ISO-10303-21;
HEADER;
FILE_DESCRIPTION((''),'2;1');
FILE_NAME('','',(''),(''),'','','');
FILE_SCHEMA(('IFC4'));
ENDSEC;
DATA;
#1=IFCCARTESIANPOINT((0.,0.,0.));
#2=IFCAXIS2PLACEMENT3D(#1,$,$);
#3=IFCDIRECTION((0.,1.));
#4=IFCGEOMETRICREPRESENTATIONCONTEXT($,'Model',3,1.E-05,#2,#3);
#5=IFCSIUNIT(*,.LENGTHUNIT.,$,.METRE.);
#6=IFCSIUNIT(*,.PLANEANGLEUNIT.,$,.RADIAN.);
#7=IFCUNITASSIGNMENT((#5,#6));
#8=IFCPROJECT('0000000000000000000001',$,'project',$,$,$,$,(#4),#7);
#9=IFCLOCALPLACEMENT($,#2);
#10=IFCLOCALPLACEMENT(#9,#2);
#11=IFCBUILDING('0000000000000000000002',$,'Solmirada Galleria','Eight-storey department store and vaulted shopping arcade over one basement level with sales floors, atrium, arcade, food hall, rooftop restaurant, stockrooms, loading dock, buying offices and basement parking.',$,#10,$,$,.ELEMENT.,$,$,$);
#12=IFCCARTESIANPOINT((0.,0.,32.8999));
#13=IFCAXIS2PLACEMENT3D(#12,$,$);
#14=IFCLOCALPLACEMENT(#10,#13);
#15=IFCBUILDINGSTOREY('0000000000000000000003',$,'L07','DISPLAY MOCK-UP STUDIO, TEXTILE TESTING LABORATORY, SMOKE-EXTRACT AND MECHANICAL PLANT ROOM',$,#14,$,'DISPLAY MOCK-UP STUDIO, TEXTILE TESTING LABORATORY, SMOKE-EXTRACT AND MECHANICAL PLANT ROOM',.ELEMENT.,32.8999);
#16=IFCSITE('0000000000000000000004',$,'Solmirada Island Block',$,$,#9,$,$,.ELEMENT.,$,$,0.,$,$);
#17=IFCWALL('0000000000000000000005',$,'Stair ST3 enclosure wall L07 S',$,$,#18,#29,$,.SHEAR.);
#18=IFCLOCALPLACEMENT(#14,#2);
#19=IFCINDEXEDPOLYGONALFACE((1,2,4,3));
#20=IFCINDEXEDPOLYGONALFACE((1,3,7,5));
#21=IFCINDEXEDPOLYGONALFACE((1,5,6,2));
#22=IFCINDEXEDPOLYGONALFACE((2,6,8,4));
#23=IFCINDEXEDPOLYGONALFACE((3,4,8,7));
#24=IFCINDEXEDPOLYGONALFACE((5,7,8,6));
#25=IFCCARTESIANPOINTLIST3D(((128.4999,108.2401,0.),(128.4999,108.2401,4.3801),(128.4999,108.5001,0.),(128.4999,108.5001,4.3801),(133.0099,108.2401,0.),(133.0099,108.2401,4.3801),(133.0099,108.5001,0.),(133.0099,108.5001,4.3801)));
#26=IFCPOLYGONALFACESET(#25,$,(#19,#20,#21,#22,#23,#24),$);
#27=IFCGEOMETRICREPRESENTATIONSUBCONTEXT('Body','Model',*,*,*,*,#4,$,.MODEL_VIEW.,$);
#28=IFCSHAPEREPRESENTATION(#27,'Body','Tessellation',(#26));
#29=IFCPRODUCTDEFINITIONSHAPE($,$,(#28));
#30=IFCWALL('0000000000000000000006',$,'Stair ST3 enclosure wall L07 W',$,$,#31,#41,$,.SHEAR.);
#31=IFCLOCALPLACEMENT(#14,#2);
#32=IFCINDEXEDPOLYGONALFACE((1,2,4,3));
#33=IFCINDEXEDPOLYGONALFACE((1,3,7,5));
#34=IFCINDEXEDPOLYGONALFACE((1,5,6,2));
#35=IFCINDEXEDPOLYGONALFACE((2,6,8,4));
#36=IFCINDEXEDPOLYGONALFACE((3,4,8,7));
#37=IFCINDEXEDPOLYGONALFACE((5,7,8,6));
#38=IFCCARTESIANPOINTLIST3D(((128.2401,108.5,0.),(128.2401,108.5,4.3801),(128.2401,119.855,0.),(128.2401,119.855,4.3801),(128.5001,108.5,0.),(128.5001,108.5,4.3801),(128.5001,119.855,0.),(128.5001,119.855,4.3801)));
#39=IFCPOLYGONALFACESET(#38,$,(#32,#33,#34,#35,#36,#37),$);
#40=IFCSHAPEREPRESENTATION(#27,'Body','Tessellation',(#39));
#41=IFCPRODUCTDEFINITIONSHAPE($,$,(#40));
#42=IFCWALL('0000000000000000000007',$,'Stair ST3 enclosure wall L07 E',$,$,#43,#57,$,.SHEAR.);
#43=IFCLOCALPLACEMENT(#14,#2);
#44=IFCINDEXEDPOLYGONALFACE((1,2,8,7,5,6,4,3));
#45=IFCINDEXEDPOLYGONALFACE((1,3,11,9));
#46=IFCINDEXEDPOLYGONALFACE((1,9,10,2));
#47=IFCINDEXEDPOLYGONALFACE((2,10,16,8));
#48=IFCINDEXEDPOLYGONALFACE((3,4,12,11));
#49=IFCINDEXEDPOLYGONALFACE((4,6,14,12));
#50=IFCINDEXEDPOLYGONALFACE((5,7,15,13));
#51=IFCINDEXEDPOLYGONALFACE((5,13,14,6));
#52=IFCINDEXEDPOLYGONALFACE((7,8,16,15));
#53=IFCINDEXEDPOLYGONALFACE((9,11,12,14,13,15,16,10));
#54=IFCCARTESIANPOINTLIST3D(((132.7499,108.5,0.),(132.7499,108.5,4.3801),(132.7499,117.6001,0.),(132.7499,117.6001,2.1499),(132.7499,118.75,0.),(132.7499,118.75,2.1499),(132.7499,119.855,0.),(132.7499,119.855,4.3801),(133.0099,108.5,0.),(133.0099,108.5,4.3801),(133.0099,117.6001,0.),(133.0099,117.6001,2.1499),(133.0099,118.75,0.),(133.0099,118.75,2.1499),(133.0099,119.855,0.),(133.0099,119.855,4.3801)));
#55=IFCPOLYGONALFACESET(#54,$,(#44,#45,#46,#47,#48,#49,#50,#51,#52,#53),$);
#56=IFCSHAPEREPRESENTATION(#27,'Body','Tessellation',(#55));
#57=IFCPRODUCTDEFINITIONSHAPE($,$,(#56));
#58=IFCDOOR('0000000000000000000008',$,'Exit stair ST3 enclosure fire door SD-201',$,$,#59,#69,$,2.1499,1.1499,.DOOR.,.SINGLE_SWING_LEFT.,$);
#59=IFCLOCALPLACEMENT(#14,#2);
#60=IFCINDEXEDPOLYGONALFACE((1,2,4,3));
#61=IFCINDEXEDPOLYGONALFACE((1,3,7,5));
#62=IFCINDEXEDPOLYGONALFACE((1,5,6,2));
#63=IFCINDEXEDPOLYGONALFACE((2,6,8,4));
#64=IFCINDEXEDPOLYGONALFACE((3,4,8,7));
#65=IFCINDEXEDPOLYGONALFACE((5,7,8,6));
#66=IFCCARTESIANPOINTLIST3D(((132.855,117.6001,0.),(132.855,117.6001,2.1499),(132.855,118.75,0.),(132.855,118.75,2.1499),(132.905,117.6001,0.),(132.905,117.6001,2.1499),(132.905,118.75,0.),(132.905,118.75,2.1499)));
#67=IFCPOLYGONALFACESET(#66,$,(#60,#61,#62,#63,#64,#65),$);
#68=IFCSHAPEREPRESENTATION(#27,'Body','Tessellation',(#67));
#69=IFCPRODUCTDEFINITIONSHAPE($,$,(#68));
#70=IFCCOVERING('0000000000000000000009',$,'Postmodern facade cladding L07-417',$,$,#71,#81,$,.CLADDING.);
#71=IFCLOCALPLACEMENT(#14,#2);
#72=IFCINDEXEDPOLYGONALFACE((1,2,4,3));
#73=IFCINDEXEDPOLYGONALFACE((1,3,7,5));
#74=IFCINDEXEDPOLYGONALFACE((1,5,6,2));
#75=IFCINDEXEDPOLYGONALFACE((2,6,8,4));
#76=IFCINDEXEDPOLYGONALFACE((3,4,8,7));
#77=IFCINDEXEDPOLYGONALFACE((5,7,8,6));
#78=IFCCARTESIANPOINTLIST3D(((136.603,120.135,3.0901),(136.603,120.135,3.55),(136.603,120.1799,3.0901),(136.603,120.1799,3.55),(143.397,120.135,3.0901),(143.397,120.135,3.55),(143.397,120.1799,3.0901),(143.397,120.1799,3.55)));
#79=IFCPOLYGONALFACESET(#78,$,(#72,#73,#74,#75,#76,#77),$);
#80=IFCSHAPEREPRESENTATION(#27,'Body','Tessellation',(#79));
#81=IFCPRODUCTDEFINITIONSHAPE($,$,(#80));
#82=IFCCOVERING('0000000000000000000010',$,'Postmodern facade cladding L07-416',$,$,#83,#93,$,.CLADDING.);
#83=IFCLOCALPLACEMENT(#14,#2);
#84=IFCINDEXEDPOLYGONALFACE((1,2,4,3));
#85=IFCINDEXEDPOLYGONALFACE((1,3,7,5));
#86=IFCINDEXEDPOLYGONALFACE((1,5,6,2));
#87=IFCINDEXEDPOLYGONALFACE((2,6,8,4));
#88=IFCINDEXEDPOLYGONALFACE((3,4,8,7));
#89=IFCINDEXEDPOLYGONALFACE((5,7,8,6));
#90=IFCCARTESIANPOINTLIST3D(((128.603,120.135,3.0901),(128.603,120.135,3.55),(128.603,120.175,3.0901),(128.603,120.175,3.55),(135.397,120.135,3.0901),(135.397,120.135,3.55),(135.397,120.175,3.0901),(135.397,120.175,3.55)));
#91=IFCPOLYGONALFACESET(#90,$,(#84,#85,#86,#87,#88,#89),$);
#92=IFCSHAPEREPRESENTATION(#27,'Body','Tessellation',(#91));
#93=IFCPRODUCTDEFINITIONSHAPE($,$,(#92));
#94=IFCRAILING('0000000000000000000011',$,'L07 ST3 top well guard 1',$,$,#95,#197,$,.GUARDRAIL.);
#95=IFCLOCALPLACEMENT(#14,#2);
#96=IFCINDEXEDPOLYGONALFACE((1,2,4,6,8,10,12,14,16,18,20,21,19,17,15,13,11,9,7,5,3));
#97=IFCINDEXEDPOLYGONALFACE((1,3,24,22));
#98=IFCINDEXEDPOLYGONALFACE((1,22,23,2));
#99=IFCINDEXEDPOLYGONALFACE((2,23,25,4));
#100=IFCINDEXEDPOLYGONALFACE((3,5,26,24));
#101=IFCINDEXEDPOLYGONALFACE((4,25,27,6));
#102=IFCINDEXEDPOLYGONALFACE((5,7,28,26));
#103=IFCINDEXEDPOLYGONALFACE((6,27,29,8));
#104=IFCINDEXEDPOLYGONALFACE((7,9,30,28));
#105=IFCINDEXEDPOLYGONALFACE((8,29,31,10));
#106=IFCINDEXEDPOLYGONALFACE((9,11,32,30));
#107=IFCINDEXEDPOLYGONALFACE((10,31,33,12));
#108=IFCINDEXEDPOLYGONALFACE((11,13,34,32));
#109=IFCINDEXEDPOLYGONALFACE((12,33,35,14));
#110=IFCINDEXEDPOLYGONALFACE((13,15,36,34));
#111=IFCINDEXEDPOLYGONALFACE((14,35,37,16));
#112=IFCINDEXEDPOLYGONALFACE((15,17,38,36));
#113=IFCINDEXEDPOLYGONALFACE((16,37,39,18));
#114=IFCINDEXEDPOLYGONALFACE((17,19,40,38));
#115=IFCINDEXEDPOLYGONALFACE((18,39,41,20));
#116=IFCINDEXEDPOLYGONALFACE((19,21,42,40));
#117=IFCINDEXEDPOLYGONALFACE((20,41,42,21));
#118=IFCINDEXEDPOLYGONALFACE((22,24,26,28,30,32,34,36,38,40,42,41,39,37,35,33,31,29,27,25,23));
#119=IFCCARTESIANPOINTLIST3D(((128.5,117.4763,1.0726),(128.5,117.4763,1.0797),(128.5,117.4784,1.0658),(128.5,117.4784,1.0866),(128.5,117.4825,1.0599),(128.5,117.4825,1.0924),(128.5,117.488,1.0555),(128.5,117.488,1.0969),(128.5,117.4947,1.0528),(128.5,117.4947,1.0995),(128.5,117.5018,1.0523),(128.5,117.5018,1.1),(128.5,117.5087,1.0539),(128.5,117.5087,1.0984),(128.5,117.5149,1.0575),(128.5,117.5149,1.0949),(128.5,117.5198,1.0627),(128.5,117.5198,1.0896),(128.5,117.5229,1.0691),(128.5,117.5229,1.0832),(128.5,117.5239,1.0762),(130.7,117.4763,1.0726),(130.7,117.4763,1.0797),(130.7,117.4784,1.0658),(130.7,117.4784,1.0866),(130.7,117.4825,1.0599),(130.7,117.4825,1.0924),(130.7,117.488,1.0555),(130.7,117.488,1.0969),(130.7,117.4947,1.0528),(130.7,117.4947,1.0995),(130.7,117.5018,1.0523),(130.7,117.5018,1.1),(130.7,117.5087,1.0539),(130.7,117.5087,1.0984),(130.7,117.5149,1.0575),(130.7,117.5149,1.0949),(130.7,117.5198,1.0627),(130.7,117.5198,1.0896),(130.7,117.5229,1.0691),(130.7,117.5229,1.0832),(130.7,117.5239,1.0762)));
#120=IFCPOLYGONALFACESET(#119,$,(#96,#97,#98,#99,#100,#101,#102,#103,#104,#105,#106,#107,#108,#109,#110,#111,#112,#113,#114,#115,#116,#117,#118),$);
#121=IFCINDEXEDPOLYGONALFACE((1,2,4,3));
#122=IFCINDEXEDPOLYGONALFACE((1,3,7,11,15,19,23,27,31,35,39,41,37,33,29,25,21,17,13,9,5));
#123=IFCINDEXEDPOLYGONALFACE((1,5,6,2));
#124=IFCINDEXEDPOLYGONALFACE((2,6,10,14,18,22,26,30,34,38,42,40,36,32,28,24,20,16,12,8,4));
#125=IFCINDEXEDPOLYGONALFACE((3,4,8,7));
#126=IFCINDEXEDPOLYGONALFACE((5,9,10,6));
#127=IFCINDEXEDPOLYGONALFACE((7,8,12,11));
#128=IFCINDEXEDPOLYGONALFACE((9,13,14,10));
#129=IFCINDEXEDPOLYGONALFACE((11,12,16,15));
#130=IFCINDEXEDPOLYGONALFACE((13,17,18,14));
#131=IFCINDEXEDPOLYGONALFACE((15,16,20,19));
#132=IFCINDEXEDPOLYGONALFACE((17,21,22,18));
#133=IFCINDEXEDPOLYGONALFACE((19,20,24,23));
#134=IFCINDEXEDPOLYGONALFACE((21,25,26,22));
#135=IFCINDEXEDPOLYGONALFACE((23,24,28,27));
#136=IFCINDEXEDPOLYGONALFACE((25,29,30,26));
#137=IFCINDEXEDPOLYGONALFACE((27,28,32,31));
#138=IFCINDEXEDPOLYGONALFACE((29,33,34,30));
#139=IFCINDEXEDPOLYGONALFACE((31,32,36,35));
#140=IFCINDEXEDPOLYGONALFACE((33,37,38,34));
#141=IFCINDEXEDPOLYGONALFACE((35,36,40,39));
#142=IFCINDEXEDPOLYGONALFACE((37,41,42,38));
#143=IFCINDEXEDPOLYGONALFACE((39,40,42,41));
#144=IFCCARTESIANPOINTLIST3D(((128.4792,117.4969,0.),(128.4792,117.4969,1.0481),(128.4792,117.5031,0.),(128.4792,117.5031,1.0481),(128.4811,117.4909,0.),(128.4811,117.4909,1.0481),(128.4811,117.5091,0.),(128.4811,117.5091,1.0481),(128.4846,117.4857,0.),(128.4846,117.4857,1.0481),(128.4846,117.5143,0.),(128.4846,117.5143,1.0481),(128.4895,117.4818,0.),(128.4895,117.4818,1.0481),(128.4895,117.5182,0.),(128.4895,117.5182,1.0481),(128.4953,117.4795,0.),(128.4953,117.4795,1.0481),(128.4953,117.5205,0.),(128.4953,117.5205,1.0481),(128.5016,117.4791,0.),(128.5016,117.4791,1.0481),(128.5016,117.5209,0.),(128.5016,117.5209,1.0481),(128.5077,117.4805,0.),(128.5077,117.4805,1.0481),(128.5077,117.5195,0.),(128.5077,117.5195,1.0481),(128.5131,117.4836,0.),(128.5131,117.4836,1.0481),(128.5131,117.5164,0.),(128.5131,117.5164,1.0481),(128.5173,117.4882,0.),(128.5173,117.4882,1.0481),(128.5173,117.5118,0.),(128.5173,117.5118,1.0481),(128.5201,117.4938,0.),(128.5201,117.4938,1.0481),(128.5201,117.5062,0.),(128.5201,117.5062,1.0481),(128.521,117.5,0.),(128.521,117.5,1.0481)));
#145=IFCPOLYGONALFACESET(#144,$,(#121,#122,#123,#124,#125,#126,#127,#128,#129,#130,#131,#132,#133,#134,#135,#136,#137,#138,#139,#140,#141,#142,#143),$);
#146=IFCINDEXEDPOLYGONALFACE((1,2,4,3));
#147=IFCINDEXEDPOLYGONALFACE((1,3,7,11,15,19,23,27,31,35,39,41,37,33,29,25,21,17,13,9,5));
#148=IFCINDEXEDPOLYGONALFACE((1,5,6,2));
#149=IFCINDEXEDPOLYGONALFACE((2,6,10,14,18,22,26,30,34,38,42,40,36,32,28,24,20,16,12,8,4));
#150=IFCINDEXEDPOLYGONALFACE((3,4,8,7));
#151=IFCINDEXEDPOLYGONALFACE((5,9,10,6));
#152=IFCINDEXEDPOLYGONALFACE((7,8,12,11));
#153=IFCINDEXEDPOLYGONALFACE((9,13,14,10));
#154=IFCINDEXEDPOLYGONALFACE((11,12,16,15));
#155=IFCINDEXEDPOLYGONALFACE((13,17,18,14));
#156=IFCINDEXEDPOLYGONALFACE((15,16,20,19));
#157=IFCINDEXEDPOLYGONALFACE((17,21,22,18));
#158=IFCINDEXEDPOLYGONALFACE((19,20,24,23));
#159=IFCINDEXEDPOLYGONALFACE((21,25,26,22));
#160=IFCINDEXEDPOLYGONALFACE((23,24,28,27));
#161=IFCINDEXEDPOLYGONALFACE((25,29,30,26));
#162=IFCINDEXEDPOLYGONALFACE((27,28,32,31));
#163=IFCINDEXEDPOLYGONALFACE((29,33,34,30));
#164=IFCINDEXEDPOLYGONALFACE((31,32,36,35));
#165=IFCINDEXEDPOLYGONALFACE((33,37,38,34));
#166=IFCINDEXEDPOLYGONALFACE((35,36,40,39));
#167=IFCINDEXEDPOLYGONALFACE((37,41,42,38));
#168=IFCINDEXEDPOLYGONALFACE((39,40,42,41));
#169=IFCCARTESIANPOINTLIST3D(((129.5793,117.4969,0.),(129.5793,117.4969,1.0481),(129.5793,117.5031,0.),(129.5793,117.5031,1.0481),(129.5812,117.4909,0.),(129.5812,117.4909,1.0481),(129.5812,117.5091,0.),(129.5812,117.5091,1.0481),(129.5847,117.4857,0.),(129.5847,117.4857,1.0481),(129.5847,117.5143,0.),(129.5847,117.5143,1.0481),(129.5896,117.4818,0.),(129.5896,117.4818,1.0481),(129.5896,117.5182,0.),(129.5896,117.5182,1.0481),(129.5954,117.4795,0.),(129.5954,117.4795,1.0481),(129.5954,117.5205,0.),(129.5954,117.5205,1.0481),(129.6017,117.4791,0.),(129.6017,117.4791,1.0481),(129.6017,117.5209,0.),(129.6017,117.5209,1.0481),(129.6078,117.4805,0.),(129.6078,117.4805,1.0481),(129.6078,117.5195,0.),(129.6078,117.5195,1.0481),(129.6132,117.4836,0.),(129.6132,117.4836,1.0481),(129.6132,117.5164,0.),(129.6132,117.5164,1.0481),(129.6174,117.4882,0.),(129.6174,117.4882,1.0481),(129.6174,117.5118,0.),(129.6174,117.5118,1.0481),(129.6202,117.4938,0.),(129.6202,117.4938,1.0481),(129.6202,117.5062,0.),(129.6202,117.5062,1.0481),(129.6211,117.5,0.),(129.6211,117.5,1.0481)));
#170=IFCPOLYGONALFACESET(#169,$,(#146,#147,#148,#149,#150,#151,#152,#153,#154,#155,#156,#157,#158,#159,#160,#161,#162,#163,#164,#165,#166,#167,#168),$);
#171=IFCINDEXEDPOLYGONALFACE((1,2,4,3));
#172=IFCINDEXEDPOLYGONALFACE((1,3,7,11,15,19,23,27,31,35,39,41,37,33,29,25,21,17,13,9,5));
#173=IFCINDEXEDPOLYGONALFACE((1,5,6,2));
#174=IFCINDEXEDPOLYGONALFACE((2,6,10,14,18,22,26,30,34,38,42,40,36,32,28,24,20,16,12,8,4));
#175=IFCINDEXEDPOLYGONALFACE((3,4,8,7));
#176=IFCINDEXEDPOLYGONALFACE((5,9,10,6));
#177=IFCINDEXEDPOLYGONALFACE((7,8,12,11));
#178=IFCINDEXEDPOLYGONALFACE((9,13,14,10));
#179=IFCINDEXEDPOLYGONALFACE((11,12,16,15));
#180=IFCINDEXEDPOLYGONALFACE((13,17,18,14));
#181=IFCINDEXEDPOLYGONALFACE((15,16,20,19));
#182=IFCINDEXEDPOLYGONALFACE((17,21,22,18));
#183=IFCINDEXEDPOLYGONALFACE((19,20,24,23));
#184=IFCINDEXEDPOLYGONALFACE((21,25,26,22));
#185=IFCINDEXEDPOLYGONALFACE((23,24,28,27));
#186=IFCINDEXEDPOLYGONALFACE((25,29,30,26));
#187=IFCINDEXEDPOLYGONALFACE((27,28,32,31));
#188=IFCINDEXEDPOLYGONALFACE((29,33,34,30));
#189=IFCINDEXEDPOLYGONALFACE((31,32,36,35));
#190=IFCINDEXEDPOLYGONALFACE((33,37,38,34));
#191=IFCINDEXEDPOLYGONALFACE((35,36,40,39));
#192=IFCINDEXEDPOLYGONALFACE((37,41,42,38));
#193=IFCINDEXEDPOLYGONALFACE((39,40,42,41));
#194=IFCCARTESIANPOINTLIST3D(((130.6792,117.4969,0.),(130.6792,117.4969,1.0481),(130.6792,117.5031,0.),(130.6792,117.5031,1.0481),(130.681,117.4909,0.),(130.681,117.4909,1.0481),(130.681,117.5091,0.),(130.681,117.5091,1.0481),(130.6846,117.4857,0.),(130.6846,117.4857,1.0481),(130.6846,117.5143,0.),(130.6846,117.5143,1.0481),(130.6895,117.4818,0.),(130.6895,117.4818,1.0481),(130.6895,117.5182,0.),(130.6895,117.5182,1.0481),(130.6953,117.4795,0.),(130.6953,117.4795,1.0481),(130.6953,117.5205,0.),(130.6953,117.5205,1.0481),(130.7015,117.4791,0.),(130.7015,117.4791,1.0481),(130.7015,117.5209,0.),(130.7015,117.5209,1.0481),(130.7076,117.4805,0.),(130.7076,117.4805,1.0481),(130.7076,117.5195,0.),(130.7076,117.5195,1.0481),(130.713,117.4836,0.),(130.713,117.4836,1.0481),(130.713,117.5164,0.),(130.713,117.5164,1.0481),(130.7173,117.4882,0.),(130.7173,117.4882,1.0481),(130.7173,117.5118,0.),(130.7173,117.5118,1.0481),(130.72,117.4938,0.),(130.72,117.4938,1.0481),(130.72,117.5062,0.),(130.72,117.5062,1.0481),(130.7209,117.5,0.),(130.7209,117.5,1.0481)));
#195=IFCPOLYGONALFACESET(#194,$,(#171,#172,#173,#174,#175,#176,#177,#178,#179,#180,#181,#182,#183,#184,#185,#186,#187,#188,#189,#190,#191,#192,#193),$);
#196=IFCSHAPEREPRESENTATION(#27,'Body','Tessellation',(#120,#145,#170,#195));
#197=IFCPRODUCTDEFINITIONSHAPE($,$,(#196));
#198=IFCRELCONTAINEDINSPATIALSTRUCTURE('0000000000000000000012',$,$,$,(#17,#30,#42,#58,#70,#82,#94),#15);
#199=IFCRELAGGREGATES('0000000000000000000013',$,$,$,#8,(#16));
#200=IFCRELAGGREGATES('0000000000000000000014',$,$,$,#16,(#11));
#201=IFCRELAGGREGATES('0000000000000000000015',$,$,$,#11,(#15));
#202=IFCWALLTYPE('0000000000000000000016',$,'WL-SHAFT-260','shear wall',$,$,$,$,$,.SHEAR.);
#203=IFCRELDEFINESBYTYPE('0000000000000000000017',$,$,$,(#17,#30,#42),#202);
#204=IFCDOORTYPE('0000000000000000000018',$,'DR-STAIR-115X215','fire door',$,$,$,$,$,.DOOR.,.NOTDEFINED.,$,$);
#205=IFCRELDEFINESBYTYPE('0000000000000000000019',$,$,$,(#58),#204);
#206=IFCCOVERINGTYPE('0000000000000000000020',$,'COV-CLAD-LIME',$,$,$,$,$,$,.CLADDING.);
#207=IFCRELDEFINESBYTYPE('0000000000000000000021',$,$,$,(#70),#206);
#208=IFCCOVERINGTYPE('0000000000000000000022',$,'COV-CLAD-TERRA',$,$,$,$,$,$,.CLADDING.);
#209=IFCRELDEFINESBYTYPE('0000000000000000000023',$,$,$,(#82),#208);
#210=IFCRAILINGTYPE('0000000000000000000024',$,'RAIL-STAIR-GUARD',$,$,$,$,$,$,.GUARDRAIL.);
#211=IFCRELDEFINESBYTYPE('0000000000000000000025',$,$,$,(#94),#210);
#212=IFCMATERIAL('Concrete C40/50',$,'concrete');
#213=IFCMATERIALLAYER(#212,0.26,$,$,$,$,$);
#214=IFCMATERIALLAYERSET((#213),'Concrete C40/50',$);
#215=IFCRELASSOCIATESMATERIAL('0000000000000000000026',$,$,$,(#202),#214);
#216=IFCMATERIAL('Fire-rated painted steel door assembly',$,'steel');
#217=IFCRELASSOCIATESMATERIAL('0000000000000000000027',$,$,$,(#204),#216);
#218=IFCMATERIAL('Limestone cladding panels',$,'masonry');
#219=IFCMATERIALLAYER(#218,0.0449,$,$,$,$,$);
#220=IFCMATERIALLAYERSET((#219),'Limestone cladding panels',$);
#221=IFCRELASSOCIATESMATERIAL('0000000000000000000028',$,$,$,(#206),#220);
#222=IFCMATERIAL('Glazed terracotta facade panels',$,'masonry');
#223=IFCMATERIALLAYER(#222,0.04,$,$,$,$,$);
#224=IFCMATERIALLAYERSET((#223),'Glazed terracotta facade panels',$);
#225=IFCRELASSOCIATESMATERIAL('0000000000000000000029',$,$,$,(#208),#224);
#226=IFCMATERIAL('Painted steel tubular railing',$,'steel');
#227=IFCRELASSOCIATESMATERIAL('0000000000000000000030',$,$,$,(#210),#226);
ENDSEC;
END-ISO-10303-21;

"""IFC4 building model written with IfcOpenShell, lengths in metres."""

from ifc_helpers import new_model, si_unit, direction, frame, frame_2d, origin, origin_2d, place, context, subcontext, project, spatial, rectangle, circle, extrude, material, layer, layer_set, type_object, element, fill, save


model = new_model("IFC4")

# Units and contexts
model_context = context("Model", 3, precision=1e-05, world=origin(), true_north=direction((0.0, 1.0)))
body_context = subcontext(model_context, "Body", "Model", "MODEL_VIEW")
ifc_project = project(units=[si_unit("LENGTHUNIT", "METRE"), si_unit("PLANEANGLEUNIT", "RADIAN")], contexts=[model_context])

# Site, building, storey
site_placement = place(None, origin())
site = spatial("IfcSite", under=ifc_project, at=site_placement, Name="Solmirada Island Block", CompositionType="ELEMENT", RefElevation=0.0)
building_placement = place(site_placement, origin())
building = spatial("IfcBuilding", under=site, at=building_placement, Name="Solmirada Galleria", Description="Eight-storey department store and vaulted shopping arcade over one basement level with sales floors, atrium, arcade, food hall, rooftop restaurant, stockrooms, loading dock, buying offices and basement parking.", CompositionType="ELEMENT")
storey_placement = place(building_placement, frame((0.0, 0.0, 32.8999)))
storey = spatial("IfcBuildingStorey", under=building, at=storey_placement, Name="L07", Description="DISPLAY MOCK-UP STUDIO, TEXTILE TESTING LABORATORY, SMOKE-EXTRACT AND MECHANICAL PLANT ROOM", LongName="DISPLAY MOCK-UP STUDIO, TEXTILE TESTING LABORATORY, SMOKE-EXTRACT AND MECHANICAL PLANT ROOM", CompositionType="ELEMENT", Elevation=32.8999)

# Shared definitions
ifc_material_1 = material(Name="Concrete C40/50", Category="concrete")

# Shared definitions
ifc_material_2 = material(Name="Fire-rated painted steel door assembly", Category="steel")

# Walls
ifc_layer_1 = layer(ifc_material_1, 0.26)
ifc_layer_set_1 = layer_set([ifc_layer_1], Name="Concrete C40/50")
wall_type_1 = type_object("IfcWallType", Name="WL-SHAFT-260", Description="shear wall", PredefinedType="SHEAR", material=ifc_layer_set_1)
wall_1_placement = place(storey_placement, frame((128.5, 108.3701, 0.0), z_axis=(0.0, 0.0, 1.0), x_axis=(1.0, 0.0, 0.0)))
element("IfcWall", 1, at=wall_1_placement, inside=storey, type_object=wall_type_1, Name="Stair ST3 enclosure wall L07 S", PredefinedType="SHEAR", context=body_context, shape_type="SweptSolid", body=[
    extrude(rectangle(XDim=4.51, YDim=0.26, at=frame_2d((2.2549, 0.0))), origin(), (0.0, 0.0, 1.0), 4.3801),
])
wall_2_placement = place(storey_placement, frame((128.3701, 108.5, 0.0), z_axis=(0.0, 0.0, 1.0), x_axis=(0.0, 1.0, 0.0)))
element("IfcWall", 2, at=wall_2_placement, inside=storey, type_object=wall_type_1, Name="Stair ST3 enclosure wall L07 W", PredefinedType="SHEAR", context=body_context, shape_type="SweptSolid", body=[
    extrude(rectangle(XDim=11.355, YDim=0.26, at=frame_2d((5.6775, 0.0))), origin(), (0.0, 0.0, 1.0), 4.3801),
])

# Wall, opening, door
wall_3_placement = place(storey_placement, frame((132.8799, 108.5, 0.0), z_axis=(0.0, 0.0, 1.0), x_axis=(0.0, 1.0, 0.0)))
wall_3 = element("IfcWall", 3, at=wall_3_placement, inside=storey, type_object=wall_type_1, Name="Stair ST3 enclosure wall L07 E", PredefinedType="SHEAR", context=body_context, shape_type="SweptSolid", body=[
    extrude(rectangle(XDim=11.355, YDim=0.26, at=frame_2d((5.6775, 0.0))), origin(), (0.0, 0.0, 1.0), 4.3801),
])
opening_1_placement = place(wall_3_placement, frame((9.1001, 0.0, 0.0)))
opening_1 = element("IfcOpeningElement", 4, at=opening_1_placement, cuts=wall_3, PredefinedType="OPENING", context=body_context, shape_type="SweptSolid", body=[
    extrude(rectangle(XDim=1.1499, YDim=2.1499, at=frame_2d((0.575, 1.075))), frame((0.0, 0.1399, 0.0), z_axis=(0.0, -1.0, 0.0), x_axis=(1.0, 0.0, 0.0)), (0.0, 0.0, 1.0), 0.28),
])
door_type_1 = type_object("IfcDoorType", Name="DR-STAIR-115X215", Description="fire door", OperationType="NOTDEFINED", PredefinedType="DOOR", material=ifc_material_2)
door_1_placement = place(opening_1_placement, origin())
door_1 = element("IfcDoor", 5, at=door_1_placement, inside=storey, type_object=door_type_1, Name="Exit stair ST3 enclosure fire door SD-201", OperationType="SINGLE_SWING_LEFT", OverallHeight=2.1499, OverallWidth=1.1499, PredefinedType="DOOR", context=body_context, shape_type="SweptSolid", body=[
    extrude(rectangle(XDim=1.1499, YDim=2.1499, at=frame_2d((0.575, 1.075))), frame((0.0, 0.0249, 0.0), z_axis=(0.0, -1.0, 0.0), x_axis=(1.0, 0.0, 0.0)), (0.0, 0.0, 1.0), 0.05),
])
fill(opening_1, door_1)

# Coverings
ifc_material_3 = material(Name="Limestone cladding panels", Category="masonry")
ifc_layer_2 = layer(ifc_material_3, 0.0449)
ifc_layer_set_2 = layer_set([ifc_layer_2], Name="Limestone cladding panels")
covering_type_1 = type_object("IfcCoveringType", Name="COV-CLAD-LIME", PredefinedType="CLADDING", material=ifc_layer_set_2)
covering_1_placement = place(storey_placement, frame((140.0, 120.1575, 3.0901), z_axis=(0.0, 0.0, 1.0), x_axis=(1.0, 0.0, 0.0)))
element("IfcCovering", 6, at=covering_1_placement, inside=storey, type_object=covering_type_1, Name="Postmodern facade cladding L07-417", PredefinedType="CLADDING", context=body_context, shape_type="SweptSolid", body=[
    extrude(rectangle(XDim=6.7939, YDim=0.0449, at=origin_2d()), origin(), (0.0, 0.0, 1.0), 0.46),
])
ifc_material_4 = material(Name="Glazed terracotta facade panels", Category="masonry")
ifc_layer_3 = layer(ifc_material_4, 0.04)
ifc_layer_set_3 = layer_set([ifc_layer_3], Name="Glazed terracotta facade panels")
covering_type_2 = type_object("IfcCoveringType", Name="COV-CLAD-TERRA", PredefinedType="CLADDING", material=ifc_layer_set_3)
covering_2_placement = place(storey_placement, frame((132.0, 120.155, 3.0901), z_axis=(0.0, 0.0, 1.0), x_axis=(1.0, 0.0, 0.0)))
element("IfcCovering", 7, at=covering_2_placement, inside=storey, type_object=covering_type_2, Name="Postmodern facade cladding L07-416", PredefinedType="CLADDING", context=body_context, shape_type="SweptSolid", body=[
    extrude(rectangle(XDim=6.7939, YDim=0.04, at=origin_2d()), origin(), (0.0, 0.0, 1.0), 0.46),
])

# Railing
ifc_material_5 = material(Name="Painted steel tubular railing", Category="steel")
railing_type = type_object("IfcRailingType", Name="RAIL-STAIR-GUARD", PredefinedType="GUARDRAIL", material=ifc_material_5)
railing_1_placement = place(storey_placement, frame((128.5, 117.5, 0.0)))
element("IfcRailing", 8, at=railing_1_placement, inside=storey, type_object=railing_type, Name="L07 ST3 top well guard 1", PredefinedType="GUARDRAIL", context=body_context, shape_type="SweptSolid", body=[
    extrude(circle(Radius=0.0239, at=origin_2d()), frame((0.0, 0.0, 1.0762), z_axis=(1.0, 0.0, 0.0), x_axis=(0.0, 1.0, 0.0)), (0.0, 0.0, 1.0), 2.2),
    extrude(circle(Radius=0.021, at=origin_2d()), origin(), (0.0, 0.0, 1.0), 1.0481),
    extrude(circle(Radius=0.021, at=origin_2d()), frame((1.1001, 0.0, 0.0)), (0.0, 0.0, 1.0), 1.0481),
    extrude(circle(Radius=0.021, at=origin_2d()), frame((2.2, 0.0, 0.0)), (0.0, 0.0, 1.0), 1.0481),
])

save(model, "model.ifc")
